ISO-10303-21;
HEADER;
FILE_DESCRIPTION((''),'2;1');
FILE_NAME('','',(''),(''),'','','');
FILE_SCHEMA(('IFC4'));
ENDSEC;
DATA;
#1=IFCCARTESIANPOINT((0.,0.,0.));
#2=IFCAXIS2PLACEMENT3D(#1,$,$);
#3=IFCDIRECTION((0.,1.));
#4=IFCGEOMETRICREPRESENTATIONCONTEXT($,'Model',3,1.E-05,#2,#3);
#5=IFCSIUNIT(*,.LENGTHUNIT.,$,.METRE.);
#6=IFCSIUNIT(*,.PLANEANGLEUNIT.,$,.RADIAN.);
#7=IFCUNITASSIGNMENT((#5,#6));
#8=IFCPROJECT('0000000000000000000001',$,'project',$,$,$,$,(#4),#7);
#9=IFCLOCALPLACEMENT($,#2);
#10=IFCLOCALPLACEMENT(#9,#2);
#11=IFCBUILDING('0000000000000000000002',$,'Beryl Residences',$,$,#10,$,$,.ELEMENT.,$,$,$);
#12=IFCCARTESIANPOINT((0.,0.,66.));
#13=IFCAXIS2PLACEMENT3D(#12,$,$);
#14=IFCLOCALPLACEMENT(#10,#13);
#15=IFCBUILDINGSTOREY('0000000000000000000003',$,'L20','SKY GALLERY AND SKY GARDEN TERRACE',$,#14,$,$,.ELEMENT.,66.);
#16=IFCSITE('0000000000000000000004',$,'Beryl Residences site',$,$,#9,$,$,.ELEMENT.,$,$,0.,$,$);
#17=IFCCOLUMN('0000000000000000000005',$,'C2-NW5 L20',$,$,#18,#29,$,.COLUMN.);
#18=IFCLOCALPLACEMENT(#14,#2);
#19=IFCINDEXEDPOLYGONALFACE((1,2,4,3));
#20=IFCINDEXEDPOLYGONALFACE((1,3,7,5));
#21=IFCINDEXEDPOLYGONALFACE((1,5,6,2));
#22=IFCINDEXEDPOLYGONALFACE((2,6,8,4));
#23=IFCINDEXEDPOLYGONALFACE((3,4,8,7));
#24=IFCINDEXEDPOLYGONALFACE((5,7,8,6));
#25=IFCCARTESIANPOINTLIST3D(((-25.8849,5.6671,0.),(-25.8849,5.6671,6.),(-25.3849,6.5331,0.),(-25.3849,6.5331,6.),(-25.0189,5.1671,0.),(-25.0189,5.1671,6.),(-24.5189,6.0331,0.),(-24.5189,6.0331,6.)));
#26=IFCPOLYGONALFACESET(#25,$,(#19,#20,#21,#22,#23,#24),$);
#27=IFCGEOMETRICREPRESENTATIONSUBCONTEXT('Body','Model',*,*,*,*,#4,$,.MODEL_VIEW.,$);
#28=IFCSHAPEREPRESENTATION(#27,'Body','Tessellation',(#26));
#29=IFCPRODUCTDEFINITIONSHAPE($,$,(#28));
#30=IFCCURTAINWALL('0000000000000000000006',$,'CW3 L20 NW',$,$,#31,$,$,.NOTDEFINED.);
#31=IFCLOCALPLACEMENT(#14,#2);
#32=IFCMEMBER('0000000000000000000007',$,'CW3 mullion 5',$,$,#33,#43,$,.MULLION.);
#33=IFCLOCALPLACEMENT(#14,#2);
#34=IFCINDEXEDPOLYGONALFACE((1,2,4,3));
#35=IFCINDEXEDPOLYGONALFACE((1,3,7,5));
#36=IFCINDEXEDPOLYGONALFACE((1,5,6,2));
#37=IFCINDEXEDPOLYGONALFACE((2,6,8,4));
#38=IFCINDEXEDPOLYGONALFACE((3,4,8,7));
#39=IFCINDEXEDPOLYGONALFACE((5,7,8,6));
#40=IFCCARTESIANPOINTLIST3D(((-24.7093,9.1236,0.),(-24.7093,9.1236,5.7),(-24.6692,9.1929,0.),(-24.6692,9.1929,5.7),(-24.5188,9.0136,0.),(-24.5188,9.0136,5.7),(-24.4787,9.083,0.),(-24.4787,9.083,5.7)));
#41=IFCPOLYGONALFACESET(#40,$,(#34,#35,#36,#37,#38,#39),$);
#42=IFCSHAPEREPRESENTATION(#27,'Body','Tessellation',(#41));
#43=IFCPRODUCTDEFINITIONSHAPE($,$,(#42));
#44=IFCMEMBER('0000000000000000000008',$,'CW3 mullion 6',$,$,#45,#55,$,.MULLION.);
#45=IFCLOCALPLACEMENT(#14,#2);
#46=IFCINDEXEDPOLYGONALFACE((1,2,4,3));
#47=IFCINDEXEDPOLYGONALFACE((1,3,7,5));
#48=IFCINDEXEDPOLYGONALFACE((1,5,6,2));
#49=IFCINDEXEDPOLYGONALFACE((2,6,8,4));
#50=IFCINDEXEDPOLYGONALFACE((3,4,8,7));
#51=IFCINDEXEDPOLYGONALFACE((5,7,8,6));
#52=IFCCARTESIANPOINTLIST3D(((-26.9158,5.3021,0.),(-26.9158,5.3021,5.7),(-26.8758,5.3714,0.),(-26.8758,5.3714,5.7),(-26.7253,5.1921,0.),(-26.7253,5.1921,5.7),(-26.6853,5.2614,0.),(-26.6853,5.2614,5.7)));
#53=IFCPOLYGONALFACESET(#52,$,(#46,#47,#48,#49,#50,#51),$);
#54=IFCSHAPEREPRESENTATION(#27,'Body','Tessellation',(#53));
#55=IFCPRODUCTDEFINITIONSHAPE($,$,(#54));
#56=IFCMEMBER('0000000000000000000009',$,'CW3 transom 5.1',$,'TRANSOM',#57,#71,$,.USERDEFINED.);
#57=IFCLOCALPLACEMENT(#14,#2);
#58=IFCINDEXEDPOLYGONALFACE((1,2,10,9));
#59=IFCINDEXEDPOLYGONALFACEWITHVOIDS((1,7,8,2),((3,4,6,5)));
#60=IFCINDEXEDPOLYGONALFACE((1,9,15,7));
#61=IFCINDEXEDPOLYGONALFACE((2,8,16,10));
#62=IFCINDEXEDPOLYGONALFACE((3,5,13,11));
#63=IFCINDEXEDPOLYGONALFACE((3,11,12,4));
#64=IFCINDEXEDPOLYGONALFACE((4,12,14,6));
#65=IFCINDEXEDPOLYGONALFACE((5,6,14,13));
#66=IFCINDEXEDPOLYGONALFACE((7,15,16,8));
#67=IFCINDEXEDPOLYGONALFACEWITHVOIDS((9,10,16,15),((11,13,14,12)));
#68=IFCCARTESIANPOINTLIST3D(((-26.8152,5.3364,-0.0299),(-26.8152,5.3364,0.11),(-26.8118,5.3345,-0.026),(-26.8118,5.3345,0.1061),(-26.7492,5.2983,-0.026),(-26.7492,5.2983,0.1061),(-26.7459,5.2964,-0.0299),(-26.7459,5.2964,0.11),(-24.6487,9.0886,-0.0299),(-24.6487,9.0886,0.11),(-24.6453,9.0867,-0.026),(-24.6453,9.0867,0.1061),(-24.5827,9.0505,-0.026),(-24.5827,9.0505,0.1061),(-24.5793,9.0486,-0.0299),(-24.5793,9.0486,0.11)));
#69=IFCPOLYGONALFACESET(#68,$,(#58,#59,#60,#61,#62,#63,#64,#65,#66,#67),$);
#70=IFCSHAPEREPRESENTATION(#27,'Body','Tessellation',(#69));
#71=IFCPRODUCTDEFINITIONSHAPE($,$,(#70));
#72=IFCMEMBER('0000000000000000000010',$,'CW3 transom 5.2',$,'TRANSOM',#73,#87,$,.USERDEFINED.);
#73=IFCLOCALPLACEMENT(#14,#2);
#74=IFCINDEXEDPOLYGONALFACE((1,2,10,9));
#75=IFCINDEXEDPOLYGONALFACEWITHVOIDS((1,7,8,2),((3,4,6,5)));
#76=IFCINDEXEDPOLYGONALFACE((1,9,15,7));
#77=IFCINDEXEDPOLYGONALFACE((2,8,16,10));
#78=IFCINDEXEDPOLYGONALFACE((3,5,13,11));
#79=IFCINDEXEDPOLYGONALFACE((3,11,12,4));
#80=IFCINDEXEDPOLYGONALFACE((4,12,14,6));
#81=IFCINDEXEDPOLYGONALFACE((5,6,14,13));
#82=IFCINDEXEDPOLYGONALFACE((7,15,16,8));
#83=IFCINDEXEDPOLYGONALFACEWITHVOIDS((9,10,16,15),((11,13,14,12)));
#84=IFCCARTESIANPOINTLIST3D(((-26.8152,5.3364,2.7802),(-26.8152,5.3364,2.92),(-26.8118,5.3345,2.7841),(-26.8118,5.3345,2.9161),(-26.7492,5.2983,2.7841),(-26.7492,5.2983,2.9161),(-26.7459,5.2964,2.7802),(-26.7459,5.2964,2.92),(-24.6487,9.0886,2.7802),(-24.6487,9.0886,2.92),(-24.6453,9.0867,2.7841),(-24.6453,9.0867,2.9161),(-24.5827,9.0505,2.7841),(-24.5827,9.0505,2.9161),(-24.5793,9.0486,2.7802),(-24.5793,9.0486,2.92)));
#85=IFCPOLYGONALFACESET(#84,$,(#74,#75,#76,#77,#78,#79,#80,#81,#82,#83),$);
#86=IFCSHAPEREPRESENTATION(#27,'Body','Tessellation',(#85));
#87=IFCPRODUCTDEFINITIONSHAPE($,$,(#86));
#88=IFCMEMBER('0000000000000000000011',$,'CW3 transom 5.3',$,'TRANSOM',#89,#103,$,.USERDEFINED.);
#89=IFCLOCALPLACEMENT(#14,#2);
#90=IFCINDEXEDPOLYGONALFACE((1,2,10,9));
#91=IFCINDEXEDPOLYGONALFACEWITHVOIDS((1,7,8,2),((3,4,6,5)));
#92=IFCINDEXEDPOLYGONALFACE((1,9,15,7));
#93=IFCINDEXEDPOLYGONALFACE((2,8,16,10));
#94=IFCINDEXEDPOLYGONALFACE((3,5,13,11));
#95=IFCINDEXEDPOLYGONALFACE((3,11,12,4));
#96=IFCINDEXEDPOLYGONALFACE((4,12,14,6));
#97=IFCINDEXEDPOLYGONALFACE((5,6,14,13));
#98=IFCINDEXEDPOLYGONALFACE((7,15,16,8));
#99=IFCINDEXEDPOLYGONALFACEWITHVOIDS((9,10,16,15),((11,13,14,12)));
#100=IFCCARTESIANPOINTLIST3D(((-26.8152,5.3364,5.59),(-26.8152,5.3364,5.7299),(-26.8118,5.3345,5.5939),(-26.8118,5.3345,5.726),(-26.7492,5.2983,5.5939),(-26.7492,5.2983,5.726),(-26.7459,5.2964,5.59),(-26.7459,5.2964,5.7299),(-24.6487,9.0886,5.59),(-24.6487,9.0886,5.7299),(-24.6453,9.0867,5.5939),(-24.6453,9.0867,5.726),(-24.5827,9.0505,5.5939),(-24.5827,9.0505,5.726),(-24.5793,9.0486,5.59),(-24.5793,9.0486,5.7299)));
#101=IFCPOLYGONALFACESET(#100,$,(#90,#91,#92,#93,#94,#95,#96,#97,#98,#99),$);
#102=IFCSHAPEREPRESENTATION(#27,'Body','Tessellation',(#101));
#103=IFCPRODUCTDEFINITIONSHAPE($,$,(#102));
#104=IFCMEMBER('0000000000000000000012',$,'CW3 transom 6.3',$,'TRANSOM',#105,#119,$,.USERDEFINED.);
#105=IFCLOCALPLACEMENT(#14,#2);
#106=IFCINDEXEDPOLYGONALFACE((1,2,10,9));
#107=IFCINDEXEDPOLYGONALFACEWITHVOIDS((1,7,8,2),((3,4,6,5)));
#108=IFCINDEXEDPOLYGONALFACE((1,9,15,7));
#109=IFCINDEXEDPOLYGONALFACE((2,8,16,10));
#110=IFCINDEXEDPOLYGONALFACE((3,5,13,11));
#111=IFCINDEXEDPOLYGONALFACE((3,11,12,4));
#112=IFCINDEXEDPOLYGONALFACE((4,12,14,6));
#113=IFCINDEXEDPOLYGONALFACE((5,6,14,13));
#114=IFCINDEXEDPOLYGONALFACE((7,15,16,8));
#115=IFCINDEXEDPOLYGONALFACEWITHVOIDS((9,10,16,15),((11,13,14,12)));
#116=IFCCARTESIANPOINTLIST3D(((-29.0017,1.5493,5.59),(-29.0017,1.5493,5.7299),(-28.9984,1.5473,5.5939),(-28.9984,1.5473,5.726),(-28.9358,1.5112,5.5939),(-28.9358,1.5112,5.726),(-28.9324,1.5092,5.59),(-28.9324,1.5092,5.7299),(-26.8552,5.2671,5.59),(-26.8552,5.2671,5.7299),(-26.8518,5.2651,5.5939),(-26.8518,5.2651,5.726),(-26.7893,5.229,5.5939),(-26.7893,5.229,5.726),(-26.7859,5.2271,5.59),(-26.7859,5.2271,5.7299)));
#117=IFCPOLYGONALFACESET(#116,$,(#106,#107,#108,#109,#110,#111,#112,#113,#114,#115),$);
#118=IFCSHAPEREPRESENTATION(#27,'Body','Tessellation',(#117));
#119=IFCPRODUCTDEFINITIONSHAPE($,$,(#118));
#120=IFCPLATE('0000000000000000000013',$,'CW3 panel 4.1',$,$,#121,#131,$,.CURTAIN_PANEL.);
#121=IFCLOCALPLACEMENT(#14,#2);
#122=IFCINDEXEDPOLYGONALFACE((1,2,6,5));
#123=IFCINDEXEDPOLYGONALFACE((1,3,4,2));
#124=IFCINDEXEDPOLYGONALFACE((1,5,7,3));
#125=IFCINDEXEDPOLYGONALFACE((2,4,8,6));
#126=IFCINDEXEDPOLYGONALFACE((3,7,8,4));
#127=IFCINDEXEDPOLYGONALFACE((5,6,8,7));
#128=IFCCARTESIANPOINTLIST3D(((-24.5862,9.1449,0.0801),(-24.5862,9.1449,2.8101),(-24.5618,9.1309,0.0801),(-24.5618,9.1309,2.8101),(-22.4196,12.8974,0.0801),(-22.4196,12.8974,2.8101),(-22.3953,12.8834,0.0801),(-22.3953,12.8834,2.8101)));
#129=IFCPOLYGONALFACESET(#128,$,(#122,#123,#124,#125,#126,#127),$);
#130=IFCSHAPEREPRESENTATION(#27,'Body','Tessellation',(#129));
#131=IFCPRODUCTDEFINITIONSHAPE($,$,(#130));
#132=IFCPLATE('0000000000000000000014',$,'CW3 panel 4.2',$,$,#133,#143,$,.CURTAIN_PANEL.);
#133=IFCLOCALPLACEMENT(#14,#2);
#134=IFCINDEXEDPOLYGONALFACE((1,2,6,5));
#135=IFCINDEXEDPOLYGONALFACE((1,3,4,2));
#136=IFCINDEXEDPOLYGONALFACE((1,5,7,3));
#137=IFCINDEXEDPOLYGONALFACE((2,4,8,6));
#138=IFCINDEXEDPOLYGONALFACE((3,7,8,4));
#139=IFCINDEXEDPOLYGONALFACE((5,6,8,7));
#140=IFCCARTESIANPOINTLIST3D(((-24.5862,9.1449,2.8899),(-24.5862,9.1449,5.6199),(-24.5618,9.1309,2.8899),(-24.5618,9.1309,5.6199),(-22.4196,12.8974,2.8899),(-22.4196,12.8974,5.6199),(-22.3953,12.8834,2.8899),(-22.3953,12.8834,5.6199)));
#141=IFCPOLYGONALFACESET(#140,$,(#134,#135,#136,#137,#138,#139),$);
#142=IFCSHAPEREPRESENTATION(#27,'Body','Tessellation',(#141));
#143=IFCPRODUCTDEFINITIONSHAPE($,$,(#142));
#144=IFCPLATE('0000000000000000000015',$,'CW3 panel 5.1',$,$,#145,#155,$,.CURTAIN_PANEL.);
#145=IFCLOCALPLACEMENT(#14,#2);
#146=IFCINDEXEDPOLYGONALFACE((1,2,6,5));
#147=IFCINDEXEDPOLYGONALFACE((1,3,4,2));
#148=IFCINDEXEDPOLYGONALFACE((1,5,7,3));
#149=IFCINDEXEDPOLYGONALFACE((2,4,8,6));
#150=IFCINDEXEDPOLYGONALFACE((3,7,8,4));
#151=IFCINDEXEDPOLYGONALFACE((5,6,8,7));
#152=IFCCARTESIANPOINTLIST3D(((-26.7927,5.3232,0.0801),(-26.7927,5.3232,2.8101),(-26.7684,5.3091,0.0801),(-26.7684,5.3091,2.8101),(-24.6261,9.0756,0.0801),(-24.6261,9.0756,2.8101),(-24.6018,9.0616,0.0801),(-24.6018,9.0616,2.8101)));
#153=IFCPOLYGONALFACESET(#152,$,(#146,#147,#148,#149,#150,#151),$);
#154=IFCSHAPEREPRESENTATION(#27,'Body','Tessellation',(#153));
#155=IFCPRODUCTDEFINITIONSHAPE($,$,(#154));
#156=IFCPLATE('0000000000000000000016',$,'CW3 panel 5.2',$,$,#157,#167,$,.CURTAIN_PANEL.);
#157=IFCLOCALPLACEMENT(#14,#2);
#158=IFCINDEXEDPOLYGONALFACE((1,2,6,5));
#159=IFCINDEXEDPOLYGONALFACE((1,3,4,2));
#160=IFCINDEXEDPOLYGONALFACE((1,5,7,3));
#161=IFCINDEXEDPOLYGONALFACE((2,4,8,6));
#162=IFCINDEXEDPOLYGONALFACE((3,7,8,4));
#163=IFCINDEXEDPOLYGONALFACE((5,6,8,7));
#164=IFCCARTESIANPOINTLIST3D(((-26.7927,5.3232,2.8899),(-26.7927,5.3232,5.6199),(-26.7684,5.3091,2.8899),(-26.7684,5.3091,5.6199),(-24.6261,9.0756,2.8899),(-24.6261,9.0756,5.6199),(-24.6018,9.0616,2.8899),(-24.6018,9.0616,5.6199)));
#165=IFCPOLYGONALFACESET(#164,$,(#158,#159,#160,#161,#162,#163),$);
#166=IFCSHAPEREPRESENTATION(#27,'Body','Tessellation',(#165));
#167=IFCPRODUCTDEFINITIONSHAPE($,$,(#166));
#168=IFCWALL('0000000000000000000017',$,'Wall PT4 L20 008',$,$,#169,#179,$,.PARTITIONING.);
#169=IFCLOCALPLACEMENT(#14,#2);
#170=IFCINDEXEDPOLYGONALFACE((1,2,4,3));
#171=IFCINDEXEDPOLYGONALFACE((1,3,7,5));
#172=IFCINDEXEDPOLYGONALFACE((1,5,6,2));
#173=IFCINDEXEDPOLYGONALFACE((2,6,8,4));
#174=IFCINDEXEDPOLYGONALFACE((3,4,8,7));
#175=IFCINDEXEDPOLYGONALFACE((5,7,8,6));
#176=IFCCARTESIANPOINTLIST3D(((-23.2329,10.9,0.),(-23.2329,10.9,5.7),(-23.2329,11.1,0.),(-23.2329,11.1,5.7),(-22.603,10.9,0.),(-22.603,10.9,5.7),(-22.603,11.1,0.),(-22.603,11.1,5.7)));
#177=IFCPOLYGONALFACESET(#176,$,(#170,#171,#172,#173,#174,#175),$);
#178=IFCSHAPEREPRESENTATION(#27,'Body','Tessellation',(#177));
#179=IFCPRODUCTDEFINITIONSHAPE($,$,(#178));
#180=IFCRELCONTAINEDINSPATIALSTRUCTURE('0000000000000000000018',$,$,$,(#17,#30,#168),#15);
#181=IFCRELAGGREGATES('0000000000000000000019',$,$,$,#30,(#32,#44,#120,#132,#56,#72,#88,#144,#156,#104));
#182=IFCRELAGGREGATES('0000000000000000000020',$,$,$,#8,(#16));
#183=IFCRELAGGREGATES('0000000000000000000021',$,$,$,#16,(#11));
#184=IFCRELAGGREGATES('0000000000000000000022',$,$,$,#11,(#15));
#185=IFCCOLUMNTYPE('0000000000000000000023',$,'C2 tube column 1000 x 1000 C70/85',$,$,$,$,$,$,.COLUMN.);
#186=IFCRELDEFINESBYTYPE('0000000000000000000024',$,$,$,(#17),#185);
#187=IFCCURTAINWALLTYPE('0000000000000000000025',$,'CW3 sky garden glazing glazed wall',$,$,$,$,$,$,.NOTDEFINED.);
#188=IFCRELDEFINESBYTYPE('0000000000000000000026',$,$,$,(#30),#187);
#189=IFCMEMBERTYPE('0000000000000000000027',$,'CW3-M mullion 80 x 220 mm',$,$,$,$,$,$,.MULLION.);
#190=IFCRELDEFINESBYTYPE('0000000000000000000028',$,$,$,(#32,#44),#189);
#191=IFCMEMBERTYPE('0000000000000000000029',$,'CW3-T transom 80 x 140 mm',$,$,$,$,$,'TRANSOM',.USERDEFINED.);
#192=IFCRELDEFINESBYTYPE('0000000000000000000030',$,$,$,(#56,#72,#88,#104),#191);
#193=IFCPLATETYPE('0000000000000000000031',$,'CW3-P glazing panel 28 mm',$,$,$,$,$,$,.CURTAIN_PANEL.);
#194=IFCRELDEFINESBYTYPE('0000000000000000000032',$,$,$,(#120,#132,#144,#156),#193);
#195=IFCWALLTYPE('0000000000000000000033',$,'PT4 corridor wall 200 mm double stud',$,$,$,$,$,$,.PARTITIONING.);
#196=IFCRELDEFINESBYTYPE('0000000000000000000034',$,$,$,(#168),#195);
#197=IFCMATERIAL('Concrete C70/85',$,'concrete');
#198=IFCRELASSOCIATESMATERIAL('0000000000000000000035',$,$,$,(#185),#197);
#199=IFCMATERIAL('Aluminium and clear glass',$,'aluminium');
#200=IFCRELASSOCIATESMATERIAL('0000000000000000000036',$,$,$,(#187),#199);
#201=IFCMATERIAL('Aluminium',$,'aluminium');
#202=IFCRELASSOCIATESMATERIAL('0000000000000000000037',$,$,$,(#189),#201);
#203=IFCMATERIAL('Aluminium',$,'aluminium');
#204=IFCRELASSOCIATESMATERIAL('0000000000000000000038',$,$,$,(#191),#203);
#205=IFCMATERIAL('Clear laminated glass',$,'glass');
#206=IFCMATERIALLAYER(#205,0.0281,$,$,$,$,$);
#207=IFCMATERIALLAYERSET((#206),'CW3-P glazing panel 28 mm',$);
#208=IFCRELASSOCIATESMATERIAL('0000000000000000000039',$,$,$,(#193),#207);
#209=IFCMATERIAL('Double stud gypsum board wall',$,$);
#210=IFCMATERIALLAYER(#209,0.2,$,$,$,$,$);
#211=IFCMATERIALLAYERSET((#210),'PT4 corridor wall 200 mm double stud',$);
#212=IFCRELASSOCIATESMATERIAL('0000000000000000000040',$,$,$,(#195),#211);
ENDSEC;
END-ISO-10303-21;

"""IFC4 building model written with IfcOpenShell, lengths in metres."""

from ifc_helpers import new_model, si_unit, direction, frame, frame_2d, origin, origin_2d, place, context, subcontext, project, spatial, rectangle, hollow_rectangle, extrude, material, layer, layer_set, material_profile, profile_set, type_object, element, aggregate, save


model = new_model("IFC4")

# Units and contexts
model_context = context("Model", 3, precision=1e-05, world=origin(), true_north=direction((0.0, 1.0)))
body_context = subcontext(model_context, "Body", "Model", "MODEL_VIEW")
ifc_project = project(units=[si_unit("LENGTHUNIT", "METRE"), si_unit("PLANEANGLEUNIT", "RADIAN")], contexts=[model_context])

# Site, building, storey
site_placement = place(None, origin())
site = spatial("IfcSite", under=ifc_project, at=site_placement, Name="Beryl Residences site", CompositionType="ELEMENT", RefElevation=0.0)
building_placement = place(site_placement, origin())
building = spatial("IfcBuilding", under=site, at=building_placement, Name="Beryl Residences", CompositionType="ELEMENT")
storey_placement = place(building_placement, frame((0.0, 0.0, 66.0)))
storey = spatial("IfcBuildingStorey", under=building, at=storey_placement, Name="L20", Description="SKY GALLERY AND SKY GARDEN TERRACE", CompositionType="ELEMENT", Elevation=66.0)

# Column
ifc_material_1 = material(Name="Concrete C70/85", Category="concrete")
ifc_material_profile_1 = material_profile(ifc_material_1, rectangle(XDim=1.0, YDim=1.0, at=origin_2d()))
ifc_profile_set_1 = profile_set([ifc_material_profile_1], Name="Concrete C70/85")
column_type = type_object("IfcColumnType", Name="C2 tube column 1000 x 1000 C70/85", PredefinedType="COLUMN", material=ifc_profile_set_1)
column_placement = place(storey_placement, frame((-25.2019, 5.8501, 0.0), z_axis=(0.0, 0.0, 1.0), x_axis=(-0.5, -0.866025, 0.0)))
element("IfcColumn", 1, at=column_placement, inside=storey, type_object=column_type, Name="C2-NW5 L20", PredefinedType="COLUMN", context=body_context, shape_type="SweptSolid", body=[
    extrude(rectangle(XDim=1.0, YDim=1.0, at=origin_2d()), origin(), (0.0, 0.0, 1.0), 6.0),
])

# Curtain wall, members, plates
ifc_material_2 = material(Name="Aluminium and clear glass", Category="aluminium")
curtain_wall_type = type_object("IfcCurtainWallType", Name="CW3 sky garden glazing glazed wall", PredefinedType="NOTDEFINED", material=ifc_material_2)
curtain_wall_placement = place(storey_placement, origin())
curtain_wall = element("IfcCurtainWall", 2, at=curtain_wall_placement, inside=storey, type_object=curtain_wall_type, Name="CW3 L20 NW", PredefinedType="NOTDEFINED")
ifc_material_3 = material(Name="Aluminium", Category="aluminium")
ifc_material_profile_2 = material_profile(ifc_material_3, rectangle(XDim=0.0801, YDim=0.22, at=origin_2d()))
ifc_profile_set_2 = profile_set([ifc_material_profile_2], Name="Aluminium")
member_type_1 = type_object("IfcMemberType", Name="CW3-M mullion 80 x 220 mm", PredefinedType="MULLION", material=ifc_profile_set_2)
member_1_placement = place(storey_placement, frame((-24.594, 9.1033, 0.0), z_axis=(0.0, 0.0, 1.0), x_axis=(-0.50001, -0.86602, 0.0)))
member_1 = element("IfcMember", 3, at=member_1_placement, type_object=member_type_1, Name="CW3 mullion 5", PredefinedType="MULLION", context=body_context, shape_type="SweptSolid", body=[
    extrude(rectangle(XDim=0.0801, YDim=0.22, at=origin_2d()), origin(), (0.0, 0.0, 1.0), 5.7),
])
member_2_placement = place(storey_placement, frame((-26.8005, 5.2817, 0.0), z_axis=(0.0, 0.0, 1.0), x_axis=(-0.50001, -0.86602, 0.0)))
member_2 = element("IfcMember", 4, at=member_2_placement, type_object=member_type_1, Name="CW3 mullion 6", PredefinedType="MULLION", context=body_context, shape_type="SweptSolid", body=[
    extrude(rectangle(XDim=0.0801, YDim=0.22, at=origin_2d()), origin(), (0.0, 0.0, 1.0), 5.7),
])
ifc_material_4 = material(Name="Aluminium", Category="aluminium")
ifc_material_profile_3 = material_profile(ifc_material_4, hollow_rectangle(XDim=0.0801, YDim=0.1399, WallThickness=0.0039, at=origin_2d()))
ifc_profile_set_3 = profile_set([ifc_material_profile_3], Name="Aluminium")
member_type_2 = type_object("IfcMemberType", Name="CW3-T transom 80 x 140 mm", ElementType="TRANSOM", PredefinedType="USERDEFINED", material=ifc_profile_set_3)
member_3_placement = place(storey_placement, frame((-24.614, 9.0686, 0.04), z_axis=(-0.50003, -0.866008, 0.0), x_axis=(0.866008, -0.50003, 0.0)))
member_3 = element("IfcMember", 5, at=member_3_placement, type_object=member_type_2, Name="CW3 transom 5.1", ObjectType="TRANSOM", PredefinedType="USERDEFINED", context=body_context, shape_type="SweptSolid", body=[
    extrude(hollow_rectangle(XDim=0.0801, YDim=0.1399, WallThickness=0.0039, at=origin_2d()), origin(), (0.0, 0.0, 1.0), 4.3328),
])
member_4_placement = place(storey_placement, frame((-24.614, 9.0686, 2.8501), z_axis=(-0.50003, -0.866008, 0.0), x_axis=(0.866008, -0.50003, 0.0)))
member_4 = element("IfcMember", 6, at=member_4_placement, type_object=member_type_2, Name="CW3 transom 5.2", ObjectType="TRANSOM", PredefinedType="USERDEFINED", context=body_context, shape_type="SweptSolid", body=[
    extrude(hollow_rectangle(XDim=0.0801, YDim=0.1399, WallThickness=0.0039, at=origin_2d()), origin(), (0.0, 0.0, 1.0), 4.3328),
])
member_5_placement = place(storey_placement, frame((-24.614, 9.0686, 5.6599), z_axis=(-0.50003, -0.866008, 0.0), x_axis=(0.866008, -0.50003, 0.0)))
member_5 = element("IfcMember", 7, at=member_5_placement, type_object=member_type_2, Name="CW3 transom 5.3", ObjectType="TRANSOM", PredefinedType="USERDEFINED", context=body_context, shape_type="SweptSolid", body=[
    extrude(hollow_rectangle(XDim=0.0801, YDim=0.1399, WallThickness=0.0039, at=origin_2d()), origin(), (0.0, 0.0, 1.0), 4.3328),
])
member_6_placement = place(storey_placement, frame((-26.8206, 5.2471, 5.6599), z_axis=(-0.500005, -0.866023, 0.0), x_axis=(0.866023, -0.500005, 0.0)))
member_6 = element("IfcMember", 8, at=member_6_placement, type_object=member_type_2, Name="CW3 transom 6.3", ObjectType="TRANSOM", PredefinedType="USERDEFINED", context=body_context, shape_type="SweptSolid", body=[
    extrude(hollow_rectangle(XDim=0.0801, YDim=0.1399, WallThickness=0.0039, at=origin_2d()), origin(), (0.0, 0.0, 1.0), 4.293),
])
ifc_material_5 = material(Name="Clear laminated glass", Category="glass")
ifc_layer_1 = layer(ifc_material_5, 0.0281)
ifc_layer_set_1 = layer_set([ifc_layer_1], Name="CW3-P glazing panel 28 mm")
plate_type = type_object("IfcPlateType", Name="CW3-P glazing panel 28 mm", PredefinedType="CURTAIN_PANEL", material=ifc_layer_set_1)
plate_1_placement = place(storey_placement, frame((-23.4907, 11.0142, 0.0801), z_axis=(0.0, 0.0, 1.0), x_axis=(-0.50001, -0.86602, 0.0)))
plate_1 = element("IfcPlate", 9, at=plate_1_placement, type_object=plate_type, Name="CW3 panel 4.1", PredefinedType="CURTAIN_PANEL", context=body_context, shape_type="SweptSolid", body=[
    extrude(rectangle(XDim=4.333, YDim=0.0281, at=origin_2d()), origin(), (0.0, 0.0, 1.0), 2.73),
])
plate_2_placement = place(storey_placement, frame((-23.4907, 11.0142, 2.8899), z_axis=(0.0, 0.0, 1.0), x_axis=(-0.50001, -0.86602, 0.0)))
plate_2 = element("IfcPlate", 10, at=plate_2_placement, type_object=plate_type, Name="CW3 panel 4.2", PredefinedType="CURTAIN_PANEL", context=body_context, shape_type="SweptSolid", body=[
    extrude(rectangle(XDim=4.333, YDim=0.0281, at=origin_2d()), origin(), (0.0, 0.0, 1.0), 2.73),
])
plate_3_placement = place(storey_placement, frame((-25.6973, 7.1924, 0.0801), z_axis=(0.0, 0.0, 1.0), x_axis=(-0.50001, -0.86602, 0.0)))
plate_3 = element("IfcPlate", 11, at=plate_3_placement, type_object=plate_type, Name="CW3 panel 5.1", PredefinedType="CURTAIN_PANEL", context=body_context, shape_type="SweptSolid", body=[
    extrude(rectangle(XDim=4.333, YDim=0.0281, at=origin_2d()), origin(), (0.0, 0.0, 1.0), 2.73),
])
plate_4_placement = place(storey_placement, frame((-25.6973, 7.1924, 2.8899), z_axis=(0.0, 0.0, 1.0), x_axis=(-0.50001, -0.86602, 0.0)))
plate_4 = element("IfcPlate", 12, at=plate_4_placement, type_object=plate_type, Name="CW3 panel 5.2", PredefinedType="CURTAIN_PANEL", context=body_context, shape_type="SweptSolid", body=[
    extrude(rectangle(XDim=4.333, YDim=0.0281, at=origin_2d()), origin(), (0.0, 0.0, 1.0), 2.73),
])
aggregate(curtain_wall, [member_1, member_2, plate_1, plate_2, member_3, member_4, member_5, plate_3, plate_4, member_6])

# Wall
ifc_material_6 = material(Name="Double stud gypsum board wall")
ifc_layer_2 = layer(ifc_material_6, 0.2)
ifc_layer_set_2 = layer_set([ifc_layer_2], Name="PT4 corridor wall 200 mm double stud")
wall_type_1 = type_object("IfcWallType", Name="PT4 corridor wall 200 mm double stud", PredefinedType="PARTITIONING", material=ifc_layer_set_2)
wall_1_placement = place(storey_placement, frame((-23.2329, 11.0, 0.0), z_axis=(0.0, 0.0, 1.0), x_axis=(1.0, 0.0, 0.0)))
element("IfcWall", 13, at=wall_1_placement, inside=storey, type_object=wall_type_1, Name="Wall PT4 L20 008", PredefinedType="PARTITIONING", context=body_context, shape_type="SweptSolid", body=[
    extrude(rectangle(XDim=0.6299, YDim=0.2, at=frame_2d((0.3149, 0.0))), origin(), (0.0, 0.0, 1.0), 5.7),
])

save(model, "model.ifc")
